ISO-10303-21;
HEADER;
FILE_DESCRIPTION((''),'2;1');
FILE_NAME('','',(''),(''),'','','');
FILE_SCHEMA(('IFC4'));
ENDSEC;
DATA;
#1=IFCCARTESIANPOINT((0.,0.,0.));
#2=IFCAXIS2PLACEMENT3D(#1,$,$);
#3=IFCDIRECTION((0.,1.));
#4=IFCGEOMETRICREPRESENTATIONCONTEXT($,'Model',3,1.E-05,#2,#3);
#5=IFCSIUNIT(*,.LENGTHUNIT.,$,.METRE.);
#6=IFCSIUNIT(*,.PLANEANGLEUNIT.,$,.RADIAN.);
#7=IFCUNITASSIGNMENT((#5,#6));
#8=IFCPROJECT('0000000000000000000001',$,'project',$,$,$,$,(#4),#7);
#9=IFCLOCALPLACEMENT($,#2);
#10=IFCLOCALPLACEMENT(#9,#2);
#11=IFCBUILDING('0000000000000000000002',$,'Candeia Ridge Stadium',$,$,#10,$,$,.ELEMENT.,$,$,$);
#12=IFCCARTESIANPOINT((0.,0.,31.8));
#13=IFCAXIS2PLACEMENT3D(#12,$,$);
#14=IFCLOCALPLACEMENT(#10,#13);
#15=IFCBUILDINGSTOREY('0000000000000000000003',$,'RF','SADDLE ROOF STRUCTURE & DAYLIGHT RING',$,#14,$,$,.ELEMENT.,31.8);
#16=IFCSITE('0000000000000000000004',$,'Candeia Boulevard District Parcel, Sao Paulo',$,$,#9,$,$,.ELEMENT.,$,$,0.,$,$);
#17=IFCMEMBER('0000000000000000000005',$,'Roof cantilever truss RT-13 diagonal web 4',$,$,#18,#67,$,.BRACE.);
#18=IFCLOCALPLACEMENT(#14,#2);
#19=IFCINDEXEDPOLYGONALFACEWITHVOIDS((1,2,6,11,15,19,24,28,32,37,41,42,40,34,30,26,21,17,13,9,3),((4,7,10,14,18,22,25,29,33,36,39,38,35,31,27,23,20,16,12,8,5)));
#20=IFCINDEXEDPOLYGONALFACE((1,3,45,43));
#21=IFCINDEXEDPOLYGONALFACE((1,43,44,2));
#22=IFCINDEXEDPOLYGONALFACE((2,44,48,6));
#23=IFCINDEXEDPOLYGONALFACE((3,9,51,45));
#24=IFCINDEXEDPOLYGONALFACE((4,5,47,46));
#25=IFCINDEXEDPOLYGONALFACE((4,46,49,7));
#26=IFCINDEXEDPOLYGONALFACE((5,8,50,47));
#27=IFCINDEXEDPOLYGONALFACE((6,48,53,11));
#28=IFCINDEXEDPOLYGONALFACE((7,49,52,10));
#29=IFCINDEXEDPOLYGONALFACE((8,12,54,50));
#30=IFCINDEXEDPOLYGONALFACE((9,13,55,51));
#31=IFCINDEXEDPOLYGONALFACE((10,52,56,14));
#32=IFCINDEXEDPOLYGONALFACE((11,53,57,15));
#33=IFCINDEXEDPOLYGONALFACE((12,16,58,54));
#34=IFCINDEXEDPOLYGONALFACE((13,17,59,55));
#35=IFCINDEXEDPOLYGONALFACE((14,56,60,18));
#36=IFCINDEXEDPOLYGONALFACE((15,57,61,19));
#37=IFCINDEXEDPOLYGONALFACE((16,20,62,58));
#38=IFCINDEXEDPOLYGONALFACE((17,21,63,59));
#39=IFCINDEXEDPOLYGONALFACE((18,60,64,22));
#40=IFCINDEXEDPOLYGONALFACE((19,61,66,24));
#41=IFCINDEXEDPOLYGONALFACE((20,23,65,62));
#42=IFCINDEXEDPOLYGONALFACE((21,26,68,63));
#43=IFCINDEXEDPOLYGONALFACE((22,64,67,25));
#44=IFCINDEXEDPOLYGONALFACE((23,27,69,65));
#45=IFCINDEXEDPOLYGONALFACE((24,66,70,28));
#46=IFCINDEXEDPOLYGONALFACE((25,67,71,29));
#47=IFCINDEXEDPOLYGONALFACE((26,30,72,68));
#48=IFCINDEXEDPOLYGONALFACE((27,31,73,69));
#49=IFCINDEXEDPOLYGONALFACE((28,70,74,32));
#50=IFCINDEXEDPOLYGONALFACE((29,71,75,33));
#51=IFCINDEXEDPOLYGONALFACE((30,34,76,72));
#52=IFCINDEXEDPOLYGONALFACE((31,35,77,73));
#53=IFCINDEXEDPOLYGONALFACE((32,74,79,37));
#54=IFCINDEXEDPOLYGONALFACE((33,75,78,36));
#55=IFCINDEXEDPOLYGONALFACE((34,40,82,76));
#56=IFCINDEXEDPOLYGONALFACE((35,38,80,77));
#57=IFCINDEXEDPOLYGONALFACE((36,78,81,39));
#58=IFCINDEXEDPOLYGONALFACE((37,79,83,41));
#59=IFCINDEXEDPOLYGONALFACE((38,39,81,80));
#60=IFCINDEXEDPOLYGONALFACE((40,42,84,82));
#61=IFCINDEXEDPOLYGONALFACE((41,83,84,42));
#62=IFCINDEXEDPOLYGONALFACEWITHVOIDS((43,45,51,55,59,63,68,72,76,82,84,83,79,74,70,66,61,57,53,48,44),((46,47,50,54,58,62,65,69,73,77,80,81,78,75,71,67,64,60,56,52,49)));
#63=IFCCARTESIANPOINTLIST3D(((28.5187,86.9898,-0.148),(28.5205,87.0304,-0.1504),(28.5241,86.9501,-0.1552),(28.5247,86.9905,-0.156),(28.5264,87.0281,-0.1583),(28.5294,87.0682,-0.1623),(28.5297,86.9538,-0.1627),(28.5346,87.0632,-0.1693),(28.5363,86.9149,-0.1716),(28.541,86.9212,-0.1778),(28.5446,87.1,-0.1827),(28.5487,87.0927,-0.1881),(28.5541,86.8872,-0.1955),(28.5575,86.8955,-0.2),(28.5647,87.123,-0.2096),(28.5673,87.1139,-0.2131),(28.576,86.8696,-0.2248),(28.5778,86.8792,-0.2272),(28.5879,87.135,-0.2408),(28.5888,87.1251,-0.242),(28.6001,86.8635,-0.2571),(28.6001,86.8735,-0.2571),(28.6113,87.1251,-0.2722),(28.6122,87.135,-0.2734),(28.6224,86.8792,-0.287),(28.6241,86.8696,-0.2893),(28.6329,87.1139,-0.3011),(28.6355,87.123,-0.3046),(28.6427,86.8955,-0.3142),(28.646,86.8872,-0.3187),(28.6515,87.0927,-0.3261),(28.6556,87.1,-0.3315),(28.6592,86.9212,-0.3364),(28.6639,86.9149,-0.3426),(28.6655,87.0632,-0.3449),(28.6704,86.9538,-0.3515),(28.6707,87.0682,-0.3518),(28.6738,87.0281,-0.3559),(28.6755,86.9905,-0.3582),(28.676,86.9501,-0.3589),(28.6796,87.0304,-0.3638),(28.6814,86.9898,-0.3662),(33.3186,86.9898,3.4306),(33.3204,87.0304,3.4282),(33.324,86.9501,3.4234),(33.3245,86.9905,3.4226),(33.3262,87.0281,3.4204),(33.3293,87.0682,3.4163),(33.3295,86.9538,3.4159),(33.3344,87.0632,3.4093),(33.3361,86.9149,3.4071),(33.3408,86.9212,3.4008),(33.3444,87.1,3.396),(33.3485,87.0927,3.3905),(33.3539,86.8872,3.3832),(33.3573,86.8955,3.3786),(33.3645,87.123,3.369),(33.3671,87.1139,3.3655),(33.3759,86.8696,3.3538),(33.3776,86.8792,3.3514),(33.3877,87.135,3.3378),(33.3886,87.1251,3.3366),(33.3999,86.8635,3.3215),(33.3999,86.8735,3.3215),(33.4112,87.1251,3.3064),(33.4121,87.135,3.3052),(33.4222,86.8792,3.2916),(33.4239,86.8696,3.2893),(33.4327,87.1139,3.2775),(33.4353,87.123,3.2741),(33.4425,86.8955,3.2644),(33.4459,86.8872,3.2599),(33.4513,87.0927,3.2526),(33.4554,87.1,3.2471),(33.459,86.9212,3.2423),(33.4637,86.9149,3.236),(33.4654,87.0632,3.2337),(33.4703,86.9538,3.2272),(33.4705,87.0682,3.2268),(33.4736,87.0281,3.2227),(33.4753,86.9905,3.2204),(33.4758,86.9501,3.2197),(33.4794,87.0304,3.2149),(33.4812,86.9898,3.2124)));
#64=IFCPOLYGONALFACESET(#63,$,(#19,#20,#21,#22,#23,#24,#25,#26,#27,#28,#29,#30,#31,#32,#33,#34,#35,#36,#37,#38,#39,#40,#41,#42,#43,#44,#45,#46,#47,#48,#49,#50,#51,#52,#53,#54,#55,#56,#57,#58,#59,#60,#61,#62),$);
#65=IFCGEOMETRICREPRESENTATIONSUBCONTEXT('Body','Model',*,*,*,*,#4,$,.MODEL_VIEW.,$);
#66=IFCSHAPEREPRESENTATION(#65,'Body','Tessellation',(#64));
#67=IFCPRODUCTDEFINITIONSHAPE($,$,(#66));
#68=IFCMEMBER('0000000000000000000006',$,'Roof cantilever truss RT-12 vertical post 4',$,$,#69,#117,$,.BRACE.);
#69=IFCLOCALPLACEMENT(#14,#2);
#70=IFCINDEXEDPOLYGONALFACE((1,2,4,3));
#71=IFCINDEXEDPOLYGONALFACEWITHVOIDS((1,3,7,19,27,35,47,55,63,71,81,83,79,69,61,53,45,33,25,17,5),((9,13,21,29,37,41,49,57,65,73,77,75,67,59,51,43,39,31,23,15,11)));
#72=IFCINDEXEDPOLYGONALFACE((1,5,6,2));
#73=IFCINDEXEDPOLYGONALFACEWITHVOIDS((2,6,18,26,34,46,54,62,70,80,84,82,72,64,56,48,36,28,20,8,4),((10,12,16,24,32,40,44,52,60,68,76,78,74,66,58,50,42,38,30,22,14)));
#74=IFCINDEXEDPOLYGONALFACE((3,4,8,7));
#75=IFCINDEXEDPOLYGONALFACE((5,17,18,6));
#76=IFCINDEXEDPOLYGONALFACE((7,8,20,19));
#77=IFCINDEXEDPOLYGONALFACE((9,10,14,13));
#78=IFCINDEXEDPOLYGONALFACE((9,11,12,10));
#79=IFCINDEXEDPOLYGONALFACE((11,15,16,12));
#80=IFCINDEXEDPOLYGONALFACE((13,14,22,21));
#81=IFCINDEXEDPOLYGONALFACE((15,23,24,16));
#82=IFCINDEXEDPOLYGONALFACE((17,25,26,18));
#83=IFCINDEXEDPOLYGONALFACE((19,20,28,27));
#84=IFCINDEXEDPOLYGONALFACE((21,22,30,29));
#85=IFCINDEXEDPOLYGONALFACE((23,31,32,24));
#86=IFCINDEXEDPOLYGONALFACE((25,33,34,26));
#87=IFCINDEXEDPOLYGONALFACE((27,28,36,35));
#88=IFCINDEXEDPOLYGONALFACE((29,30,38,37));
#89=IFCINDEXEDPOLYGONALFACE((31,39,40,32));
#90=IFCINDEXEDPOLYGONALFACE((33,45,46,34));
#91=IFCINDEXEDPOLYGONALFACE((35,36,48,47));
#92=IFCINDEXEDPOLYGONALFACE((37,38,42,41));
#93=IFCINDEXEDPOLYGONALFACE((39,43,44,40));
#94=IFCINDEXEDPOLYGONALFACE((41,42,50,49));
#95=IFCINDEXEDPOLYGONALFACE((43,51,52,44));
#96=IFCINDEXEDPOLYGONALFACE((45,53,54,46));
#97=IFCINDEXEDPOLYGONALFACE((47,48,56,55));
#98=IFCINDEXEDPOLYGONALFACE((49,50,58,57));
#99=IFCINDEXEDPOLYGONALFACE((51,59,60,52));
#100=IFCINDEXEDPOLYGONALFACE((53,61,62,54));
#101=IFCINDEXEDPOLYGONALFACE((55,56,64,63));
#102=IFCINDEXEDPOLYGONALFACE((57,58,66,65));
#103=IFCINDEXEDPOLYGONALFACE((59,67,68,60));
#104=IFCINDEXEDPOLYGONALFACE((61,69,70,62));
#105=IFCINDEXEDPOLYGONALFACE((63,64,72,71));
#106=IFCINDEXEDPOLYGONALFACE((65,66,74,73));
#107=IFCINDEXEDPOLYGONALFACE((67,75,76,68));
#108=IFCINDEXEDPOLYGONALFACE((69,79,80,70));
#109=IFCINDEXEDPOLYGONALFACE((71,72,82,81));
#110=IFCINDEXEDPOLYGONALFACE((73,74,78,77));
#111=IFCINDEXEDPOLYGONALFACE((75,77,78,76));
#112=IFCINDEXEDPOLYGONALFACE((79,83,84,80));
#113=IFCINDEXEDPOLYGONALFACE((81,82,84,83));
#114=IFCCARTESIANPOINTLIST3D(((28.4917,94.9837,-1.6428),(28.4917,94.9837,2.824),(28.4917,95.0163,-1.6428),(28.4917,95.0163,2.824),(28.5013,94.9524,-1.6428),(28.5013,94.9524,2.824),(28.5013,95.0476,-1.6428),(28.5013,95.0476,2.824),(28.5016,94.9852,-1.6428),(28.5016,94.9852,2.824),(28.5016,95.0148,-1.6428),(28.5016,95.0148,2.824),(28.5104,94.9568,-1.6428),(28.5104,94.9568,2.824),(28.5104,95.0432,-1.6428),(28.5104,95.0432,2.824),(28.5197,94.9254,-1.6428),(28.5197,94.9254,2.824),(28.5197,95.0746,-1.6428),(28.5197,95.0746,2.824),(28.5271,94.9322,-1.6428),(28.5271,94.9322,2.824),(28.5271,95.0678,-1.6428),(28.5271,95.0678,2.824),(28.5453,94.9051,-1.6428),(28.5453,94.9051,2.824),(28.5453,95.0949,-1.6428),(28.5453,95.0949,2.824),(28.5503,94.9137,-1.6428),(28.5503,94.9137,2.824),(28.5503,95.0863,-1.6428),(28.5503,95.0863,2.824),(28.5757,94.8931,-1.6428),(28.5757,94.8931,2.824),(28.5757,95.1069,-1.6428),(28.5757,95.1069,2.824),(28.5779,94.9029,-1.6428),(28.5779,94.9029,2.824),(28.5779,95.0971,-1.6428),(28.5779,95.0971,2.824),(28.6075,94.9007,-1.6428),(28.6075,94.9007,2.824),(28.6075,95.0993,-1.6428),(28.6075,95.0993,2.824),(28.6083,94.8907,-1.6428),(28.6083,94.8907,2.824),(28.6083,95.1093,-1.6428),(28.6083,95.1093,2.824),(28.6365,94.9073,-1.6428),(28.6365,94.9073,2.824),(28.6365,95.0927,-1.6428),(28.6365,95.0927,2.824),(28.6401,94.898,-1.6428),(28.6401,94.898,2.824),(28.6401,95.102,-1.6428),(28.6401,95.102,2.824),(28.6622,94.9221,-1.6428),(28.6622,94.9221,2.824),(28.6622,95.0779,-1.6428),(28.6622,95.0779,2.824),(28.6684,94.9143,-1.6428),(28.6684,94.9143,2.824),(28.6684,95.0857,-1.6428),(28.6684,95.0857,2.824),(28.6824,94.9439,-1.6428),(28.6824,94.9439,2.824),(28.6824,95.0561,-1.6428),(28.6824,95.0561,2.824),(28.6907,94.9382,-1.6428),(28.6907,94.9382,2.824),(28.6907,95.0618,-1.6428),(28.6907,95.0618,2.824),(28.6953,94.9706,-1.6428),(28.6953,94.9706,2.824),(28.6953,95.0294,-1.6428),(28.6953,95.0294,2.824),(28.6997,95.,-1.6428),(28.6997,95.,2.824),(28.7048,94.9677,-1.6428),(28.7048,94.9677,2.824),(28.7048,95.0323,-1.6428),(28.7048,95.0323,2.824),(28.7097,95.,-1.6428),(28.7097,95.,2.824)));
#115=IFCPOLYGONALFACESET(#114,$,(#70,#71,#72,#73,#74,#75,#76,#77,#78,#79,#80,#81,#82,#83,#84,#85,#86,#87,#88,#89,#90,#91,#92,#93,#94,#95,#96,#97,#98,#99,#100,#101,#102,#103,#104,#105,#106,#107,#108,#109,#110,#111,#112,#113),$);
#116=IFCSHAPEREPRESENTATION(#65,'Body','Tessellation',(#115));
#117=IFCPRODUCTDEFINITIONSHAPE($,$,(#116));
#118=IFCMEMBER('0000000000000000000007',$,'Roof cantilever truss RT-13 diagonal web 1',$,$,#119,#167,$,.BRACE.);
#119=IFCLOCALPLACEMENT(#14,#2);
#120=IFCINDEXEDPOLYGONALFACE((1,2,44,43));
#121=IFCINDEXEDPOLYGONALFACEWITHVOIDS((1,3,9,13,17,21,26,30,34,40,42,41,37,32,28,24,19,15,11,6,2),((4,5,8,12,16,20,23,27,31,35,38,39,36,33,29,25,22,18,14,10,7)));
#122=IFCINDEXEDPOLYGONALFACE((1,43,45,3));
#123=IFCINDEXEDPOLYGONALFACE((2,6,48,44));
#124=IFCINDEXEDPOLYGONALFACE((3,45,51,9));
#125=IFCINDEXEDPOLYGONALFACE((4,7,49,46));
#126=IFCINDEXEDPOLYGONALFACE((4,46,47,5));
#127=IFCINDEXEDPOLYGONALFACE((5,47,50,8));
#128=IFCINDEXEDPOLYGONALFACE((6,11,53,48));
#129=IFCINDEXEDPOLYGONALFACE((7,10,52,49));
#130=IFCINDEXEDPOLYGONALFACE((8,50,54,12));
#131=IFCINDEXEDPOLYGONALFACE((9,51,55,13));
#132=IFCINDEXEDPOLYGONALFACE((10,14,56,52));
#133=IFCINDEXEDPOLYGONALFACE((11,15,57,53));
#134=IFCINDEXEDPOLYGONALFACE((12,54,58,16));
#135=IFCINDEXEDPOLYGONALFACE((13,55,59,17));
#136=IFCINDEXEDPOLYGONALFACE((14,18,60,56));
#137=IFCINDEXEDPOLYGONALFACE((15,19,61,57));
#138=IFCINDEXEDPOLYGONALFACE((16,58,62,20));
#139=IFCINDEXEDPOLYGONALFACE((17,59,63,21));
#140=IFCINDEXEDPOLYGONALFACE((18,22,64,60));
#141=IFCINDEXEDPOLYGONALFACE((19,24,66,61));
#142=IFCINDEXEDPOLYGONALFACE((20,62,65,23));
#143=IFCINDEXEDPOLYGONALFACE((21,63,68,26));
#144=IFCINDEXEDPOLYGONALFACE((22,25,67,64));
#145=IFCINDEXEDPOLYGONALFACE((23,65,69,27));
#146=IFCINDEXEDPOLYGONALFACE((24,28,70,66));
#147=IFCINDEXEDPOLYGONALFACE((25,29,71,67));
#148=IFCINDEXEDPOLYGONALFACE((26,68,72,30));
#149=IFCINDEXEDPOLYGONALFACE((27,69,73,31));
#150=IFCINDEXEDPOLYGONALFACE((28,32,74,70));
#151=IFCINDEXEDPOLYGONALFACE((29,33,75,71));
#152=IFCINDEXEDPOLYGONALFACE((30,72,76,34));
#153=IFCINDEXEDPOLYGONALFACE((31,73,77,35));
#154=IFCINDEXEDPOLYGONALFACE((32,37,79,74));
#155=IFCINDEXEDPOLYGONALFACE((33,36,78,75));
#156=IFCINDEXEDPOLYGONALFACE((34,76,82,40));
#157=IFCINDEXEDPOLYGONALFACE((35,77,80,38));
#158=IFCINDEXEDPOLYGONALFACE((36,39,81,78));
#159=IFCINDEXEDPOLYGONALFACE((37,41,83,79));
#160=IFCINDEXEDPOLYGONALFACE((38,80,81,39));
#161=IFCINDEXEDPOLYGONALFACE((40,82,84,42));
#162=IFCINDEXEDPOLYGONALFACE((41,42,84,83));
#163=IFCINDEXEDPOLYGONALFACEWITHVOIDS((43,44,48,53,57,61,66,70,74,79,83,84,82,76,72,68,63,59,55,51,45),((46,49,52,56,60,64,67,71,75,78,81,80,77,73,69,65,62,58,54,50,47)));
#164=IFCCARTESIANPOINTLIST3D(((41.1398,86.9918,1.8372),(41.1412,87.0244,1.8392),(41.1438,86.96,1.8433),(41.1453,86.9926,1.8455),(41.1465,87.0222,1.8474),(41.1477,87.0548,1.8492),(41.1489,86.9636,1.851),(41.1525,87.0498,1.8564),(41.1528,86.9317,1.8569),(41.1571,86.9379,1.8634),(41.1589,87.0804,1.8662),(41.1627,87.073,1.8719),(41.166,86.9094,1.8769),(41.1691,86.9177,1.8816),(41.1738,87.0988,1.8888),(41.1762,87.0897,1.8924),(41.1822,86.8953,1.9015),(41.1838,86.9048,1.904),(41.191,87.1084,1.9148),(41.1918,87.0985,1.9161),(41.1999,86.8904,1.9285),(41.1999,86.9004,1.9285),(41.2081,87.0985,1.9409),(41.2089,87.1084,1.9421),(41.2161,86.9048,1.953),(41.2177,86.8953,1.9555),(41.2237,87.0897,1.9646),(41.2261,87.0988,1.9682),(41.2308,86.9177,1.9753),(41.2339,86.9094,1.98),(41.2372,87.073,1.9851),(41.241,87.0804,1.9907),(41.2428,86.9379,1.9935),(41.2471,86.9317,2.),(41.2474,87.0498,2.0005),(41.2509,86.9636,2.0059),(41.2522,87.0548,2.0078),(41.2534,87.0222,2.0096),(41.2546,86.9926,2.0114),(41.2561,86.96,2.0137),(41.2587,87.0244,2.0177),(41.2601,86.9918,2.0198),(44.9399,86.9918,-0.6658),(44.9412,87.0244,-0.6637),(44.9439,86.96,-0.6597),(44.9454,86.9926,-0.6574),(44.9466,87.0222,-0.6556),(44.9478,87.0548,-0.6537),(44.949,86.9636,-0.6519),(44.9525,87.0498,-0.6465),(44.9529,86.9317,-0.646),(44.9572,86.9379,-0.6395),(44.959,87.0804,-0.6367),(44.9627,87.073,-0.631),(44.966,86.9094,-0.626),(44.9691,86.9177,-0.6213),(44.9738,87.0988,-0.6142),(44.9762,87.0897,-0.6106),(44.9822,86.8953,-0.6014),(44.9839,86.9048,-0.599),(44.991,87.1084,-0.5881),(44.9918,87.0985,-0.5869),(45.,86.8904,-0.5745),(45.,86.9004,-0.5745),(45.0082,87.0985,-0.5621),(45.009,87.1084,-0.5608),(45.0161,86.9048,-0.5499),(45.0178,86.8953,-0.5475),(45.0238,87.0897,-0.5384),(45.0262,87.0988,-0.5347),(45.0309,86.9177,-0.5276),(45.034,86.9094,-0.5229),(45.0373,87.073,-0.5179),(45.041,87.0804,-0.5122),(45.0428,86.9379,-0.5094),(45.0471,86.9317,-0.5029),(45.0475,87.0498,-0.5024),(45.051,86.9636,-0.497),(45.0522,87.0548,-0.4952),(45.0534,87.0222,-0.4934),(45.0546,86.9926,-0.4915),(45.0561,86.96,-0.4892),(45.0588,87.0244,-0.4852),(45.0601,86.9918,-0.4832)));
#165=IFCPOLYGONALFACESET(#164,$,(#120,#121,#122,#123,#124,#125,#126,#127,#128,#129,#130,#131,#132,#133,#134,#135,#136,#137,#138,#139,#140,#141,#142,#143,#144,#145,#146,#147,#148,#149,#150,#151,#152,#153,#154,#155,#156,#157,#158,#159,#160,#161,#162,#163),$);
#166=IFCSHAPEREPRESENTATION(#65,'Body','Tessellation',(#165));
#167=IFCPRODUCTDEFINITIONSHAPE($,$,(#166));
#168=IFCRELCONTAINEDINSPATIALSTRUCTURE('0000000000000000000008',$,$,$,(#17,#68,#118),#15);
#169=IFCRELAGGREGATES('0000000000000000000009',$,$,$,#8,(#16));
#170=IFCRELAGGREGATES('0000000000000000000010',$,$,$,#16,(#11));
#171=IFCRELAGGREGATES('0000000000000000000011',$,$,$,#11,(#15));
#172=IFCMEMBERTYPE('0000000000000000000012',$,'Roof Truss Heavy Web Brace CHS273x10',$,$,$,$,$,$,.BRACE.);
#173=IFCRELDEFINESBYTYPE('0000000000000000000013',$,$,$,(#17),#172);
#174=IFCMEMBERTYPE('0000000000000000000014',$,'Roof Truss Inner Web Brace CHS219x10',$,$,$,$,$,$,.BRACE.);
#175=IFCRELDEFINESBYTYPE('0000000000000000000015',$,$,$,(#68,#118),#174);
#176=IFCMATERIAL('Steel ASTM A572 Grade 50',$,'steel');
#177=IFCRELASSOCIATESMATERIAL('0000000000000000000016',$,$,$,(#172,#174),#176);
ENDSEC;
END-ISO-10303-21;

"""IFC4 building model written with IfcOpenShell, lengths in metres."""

from ifc_helpers import new_model, si_unit, direction, frame, origin, origin_2d, place, context, subcontext, project, spatial, hollow_circle, extrude, material, material_profile, profile_set, type_object, element, save


model = new_model("IFC4")

# Units and contexts
model_context = context("Model", 3, precision=1e-05, world=origin(), true_north=direction((0.0, 1.0)))
body_context = subcontext(model_context, "Body", "Model", "MODEL_VIEW")
ifc_project = project(units=[si_unit("LENGTHUNIT", "METRE"), si_unit("PLANEANGLEUNIT", "RADIAN")], contexts=[model_context])

# Site, building, storey
site_placement = place(None, origin())
site = spatial("IfcSite", under=ifc_project, at=site_placement, Name="Candeia Boulevard District Parcel, Sao Paulo", CompositionType="ELEMENT", RefElevation=0.0)
building_placement = place(site_placement, origin())
building = spatial("IfcBuilding", under=site, at=building_placement, Name="Candeia Ridge Stadium", CompositionType="ELEMENT")
storey_placement = place(building_placement, frame((0.0, 0.0, 31.8)))
storey = spatial("IfcBuildingStorey", under=building, at=storey_placement, Name="RF", Description="SADDLE ROOF STRUCTURE & DAYLIGHT RING", CompositionType="ELEMENT", Elevation=31.8)

# Shared definitions
ifc_material_1 = material(Name="Steel ASTM A572 Grade 50", Category="steel")

# Members
ifc_material_profile_1 = material_profile(ifc_material_1, hollow_circle(Radius=0.1365, WallThickness=0.01, at=origin_2d()), Name="CHS273x10", Category="steel")
ifc_profile_set_1 = profile_set([ifc_material_profile_1], Name="Steel ASTM A572 Grade 50")
member_type_1 = type_object("IfcMemberType", Name="Roof Truss Heavy Web Brace CHS273x10", PredefinedType="BRACE", material=ifc_profile_set_1)
member_1_placement = place(storey_placement, frame((33.3999, 87.0, 3.3215), z_axis=(-0.8017, 0.0, -0.597727), x_axis=(0.0, -1.0, 0.0)))
element("IfcMember", 1, at=member_1_placement, inside=storey, type_object=member_type_1, Name="Roof cantilever truss RT-13 diagonal web 4", PredefinedType="BRACE", context=body_context, shape_type="SweptSolid", body=[
    extrude(hollow_circle(Radius=0.1365, WallThickness=0.01, at=origin_2d()), origin(), (0.0, 0.0, 1.0), 5.9871),
])
ifc_material_profile_2 = material_profile(ifc_material_1, hollow_circle(Radius=0.1096, WallThickness=0.01, at=origin_2d()), Name="CHS219x10", Category="steel")
ifc_profile_set_2 = profile_set([ifc_material_profile_2], Name="Steel ASTM A572 Grade 50")
member_type_2 = type_object("IfcMemberType", Name="Roof Truss Inner Web Brace CHS219x10", PredefinedType="BRACE", material=ifc_profile_set_2)
member_2_placement = place(storey_placement, frame((28.6001, 95.0, -1.6428), z_axis=(0.0, 0.0, 1.0), x_axis=(1.0, 0.0, 0.0)))
element("IfcMember", 2, at=member_2_placement, inside=storey, type_object=member_type_2, Name="Roof cantilever truss RT-12 vertical post 4", PredefinedType="BRACE", context=body_context, shape_type="SweptSolid", body=[
    extrude(hollow_circle(Radius=0.1096, WallThickness=0.01, at=origin_2d()), origin(), (0.0, 0.0, 1.0), 4.4668),
])
member_3_placement = place(storey_placement, frame((45.0, 87.0, -0.5745), z_axis=(-0.835125, 0.0, 0.550061), x_axis=(0.0, -1.0, 0.0)))
element("IfcMember", 3, at=member_3_placement, inside=storey, type_object=member_type_2, Name="Roof cantilever truss RT-13 diagonal web 1", PredefinedType="BRACE", context=body_context, shape_type="SweptSolid", body=[
    extrude(hollow_circle(Radius=0.1096, WallThickness=0.01, at=origin_2d()), origin(), (0.0, 0.0, 1.0), 4.5503),
])

save(model, "model.ifc")
